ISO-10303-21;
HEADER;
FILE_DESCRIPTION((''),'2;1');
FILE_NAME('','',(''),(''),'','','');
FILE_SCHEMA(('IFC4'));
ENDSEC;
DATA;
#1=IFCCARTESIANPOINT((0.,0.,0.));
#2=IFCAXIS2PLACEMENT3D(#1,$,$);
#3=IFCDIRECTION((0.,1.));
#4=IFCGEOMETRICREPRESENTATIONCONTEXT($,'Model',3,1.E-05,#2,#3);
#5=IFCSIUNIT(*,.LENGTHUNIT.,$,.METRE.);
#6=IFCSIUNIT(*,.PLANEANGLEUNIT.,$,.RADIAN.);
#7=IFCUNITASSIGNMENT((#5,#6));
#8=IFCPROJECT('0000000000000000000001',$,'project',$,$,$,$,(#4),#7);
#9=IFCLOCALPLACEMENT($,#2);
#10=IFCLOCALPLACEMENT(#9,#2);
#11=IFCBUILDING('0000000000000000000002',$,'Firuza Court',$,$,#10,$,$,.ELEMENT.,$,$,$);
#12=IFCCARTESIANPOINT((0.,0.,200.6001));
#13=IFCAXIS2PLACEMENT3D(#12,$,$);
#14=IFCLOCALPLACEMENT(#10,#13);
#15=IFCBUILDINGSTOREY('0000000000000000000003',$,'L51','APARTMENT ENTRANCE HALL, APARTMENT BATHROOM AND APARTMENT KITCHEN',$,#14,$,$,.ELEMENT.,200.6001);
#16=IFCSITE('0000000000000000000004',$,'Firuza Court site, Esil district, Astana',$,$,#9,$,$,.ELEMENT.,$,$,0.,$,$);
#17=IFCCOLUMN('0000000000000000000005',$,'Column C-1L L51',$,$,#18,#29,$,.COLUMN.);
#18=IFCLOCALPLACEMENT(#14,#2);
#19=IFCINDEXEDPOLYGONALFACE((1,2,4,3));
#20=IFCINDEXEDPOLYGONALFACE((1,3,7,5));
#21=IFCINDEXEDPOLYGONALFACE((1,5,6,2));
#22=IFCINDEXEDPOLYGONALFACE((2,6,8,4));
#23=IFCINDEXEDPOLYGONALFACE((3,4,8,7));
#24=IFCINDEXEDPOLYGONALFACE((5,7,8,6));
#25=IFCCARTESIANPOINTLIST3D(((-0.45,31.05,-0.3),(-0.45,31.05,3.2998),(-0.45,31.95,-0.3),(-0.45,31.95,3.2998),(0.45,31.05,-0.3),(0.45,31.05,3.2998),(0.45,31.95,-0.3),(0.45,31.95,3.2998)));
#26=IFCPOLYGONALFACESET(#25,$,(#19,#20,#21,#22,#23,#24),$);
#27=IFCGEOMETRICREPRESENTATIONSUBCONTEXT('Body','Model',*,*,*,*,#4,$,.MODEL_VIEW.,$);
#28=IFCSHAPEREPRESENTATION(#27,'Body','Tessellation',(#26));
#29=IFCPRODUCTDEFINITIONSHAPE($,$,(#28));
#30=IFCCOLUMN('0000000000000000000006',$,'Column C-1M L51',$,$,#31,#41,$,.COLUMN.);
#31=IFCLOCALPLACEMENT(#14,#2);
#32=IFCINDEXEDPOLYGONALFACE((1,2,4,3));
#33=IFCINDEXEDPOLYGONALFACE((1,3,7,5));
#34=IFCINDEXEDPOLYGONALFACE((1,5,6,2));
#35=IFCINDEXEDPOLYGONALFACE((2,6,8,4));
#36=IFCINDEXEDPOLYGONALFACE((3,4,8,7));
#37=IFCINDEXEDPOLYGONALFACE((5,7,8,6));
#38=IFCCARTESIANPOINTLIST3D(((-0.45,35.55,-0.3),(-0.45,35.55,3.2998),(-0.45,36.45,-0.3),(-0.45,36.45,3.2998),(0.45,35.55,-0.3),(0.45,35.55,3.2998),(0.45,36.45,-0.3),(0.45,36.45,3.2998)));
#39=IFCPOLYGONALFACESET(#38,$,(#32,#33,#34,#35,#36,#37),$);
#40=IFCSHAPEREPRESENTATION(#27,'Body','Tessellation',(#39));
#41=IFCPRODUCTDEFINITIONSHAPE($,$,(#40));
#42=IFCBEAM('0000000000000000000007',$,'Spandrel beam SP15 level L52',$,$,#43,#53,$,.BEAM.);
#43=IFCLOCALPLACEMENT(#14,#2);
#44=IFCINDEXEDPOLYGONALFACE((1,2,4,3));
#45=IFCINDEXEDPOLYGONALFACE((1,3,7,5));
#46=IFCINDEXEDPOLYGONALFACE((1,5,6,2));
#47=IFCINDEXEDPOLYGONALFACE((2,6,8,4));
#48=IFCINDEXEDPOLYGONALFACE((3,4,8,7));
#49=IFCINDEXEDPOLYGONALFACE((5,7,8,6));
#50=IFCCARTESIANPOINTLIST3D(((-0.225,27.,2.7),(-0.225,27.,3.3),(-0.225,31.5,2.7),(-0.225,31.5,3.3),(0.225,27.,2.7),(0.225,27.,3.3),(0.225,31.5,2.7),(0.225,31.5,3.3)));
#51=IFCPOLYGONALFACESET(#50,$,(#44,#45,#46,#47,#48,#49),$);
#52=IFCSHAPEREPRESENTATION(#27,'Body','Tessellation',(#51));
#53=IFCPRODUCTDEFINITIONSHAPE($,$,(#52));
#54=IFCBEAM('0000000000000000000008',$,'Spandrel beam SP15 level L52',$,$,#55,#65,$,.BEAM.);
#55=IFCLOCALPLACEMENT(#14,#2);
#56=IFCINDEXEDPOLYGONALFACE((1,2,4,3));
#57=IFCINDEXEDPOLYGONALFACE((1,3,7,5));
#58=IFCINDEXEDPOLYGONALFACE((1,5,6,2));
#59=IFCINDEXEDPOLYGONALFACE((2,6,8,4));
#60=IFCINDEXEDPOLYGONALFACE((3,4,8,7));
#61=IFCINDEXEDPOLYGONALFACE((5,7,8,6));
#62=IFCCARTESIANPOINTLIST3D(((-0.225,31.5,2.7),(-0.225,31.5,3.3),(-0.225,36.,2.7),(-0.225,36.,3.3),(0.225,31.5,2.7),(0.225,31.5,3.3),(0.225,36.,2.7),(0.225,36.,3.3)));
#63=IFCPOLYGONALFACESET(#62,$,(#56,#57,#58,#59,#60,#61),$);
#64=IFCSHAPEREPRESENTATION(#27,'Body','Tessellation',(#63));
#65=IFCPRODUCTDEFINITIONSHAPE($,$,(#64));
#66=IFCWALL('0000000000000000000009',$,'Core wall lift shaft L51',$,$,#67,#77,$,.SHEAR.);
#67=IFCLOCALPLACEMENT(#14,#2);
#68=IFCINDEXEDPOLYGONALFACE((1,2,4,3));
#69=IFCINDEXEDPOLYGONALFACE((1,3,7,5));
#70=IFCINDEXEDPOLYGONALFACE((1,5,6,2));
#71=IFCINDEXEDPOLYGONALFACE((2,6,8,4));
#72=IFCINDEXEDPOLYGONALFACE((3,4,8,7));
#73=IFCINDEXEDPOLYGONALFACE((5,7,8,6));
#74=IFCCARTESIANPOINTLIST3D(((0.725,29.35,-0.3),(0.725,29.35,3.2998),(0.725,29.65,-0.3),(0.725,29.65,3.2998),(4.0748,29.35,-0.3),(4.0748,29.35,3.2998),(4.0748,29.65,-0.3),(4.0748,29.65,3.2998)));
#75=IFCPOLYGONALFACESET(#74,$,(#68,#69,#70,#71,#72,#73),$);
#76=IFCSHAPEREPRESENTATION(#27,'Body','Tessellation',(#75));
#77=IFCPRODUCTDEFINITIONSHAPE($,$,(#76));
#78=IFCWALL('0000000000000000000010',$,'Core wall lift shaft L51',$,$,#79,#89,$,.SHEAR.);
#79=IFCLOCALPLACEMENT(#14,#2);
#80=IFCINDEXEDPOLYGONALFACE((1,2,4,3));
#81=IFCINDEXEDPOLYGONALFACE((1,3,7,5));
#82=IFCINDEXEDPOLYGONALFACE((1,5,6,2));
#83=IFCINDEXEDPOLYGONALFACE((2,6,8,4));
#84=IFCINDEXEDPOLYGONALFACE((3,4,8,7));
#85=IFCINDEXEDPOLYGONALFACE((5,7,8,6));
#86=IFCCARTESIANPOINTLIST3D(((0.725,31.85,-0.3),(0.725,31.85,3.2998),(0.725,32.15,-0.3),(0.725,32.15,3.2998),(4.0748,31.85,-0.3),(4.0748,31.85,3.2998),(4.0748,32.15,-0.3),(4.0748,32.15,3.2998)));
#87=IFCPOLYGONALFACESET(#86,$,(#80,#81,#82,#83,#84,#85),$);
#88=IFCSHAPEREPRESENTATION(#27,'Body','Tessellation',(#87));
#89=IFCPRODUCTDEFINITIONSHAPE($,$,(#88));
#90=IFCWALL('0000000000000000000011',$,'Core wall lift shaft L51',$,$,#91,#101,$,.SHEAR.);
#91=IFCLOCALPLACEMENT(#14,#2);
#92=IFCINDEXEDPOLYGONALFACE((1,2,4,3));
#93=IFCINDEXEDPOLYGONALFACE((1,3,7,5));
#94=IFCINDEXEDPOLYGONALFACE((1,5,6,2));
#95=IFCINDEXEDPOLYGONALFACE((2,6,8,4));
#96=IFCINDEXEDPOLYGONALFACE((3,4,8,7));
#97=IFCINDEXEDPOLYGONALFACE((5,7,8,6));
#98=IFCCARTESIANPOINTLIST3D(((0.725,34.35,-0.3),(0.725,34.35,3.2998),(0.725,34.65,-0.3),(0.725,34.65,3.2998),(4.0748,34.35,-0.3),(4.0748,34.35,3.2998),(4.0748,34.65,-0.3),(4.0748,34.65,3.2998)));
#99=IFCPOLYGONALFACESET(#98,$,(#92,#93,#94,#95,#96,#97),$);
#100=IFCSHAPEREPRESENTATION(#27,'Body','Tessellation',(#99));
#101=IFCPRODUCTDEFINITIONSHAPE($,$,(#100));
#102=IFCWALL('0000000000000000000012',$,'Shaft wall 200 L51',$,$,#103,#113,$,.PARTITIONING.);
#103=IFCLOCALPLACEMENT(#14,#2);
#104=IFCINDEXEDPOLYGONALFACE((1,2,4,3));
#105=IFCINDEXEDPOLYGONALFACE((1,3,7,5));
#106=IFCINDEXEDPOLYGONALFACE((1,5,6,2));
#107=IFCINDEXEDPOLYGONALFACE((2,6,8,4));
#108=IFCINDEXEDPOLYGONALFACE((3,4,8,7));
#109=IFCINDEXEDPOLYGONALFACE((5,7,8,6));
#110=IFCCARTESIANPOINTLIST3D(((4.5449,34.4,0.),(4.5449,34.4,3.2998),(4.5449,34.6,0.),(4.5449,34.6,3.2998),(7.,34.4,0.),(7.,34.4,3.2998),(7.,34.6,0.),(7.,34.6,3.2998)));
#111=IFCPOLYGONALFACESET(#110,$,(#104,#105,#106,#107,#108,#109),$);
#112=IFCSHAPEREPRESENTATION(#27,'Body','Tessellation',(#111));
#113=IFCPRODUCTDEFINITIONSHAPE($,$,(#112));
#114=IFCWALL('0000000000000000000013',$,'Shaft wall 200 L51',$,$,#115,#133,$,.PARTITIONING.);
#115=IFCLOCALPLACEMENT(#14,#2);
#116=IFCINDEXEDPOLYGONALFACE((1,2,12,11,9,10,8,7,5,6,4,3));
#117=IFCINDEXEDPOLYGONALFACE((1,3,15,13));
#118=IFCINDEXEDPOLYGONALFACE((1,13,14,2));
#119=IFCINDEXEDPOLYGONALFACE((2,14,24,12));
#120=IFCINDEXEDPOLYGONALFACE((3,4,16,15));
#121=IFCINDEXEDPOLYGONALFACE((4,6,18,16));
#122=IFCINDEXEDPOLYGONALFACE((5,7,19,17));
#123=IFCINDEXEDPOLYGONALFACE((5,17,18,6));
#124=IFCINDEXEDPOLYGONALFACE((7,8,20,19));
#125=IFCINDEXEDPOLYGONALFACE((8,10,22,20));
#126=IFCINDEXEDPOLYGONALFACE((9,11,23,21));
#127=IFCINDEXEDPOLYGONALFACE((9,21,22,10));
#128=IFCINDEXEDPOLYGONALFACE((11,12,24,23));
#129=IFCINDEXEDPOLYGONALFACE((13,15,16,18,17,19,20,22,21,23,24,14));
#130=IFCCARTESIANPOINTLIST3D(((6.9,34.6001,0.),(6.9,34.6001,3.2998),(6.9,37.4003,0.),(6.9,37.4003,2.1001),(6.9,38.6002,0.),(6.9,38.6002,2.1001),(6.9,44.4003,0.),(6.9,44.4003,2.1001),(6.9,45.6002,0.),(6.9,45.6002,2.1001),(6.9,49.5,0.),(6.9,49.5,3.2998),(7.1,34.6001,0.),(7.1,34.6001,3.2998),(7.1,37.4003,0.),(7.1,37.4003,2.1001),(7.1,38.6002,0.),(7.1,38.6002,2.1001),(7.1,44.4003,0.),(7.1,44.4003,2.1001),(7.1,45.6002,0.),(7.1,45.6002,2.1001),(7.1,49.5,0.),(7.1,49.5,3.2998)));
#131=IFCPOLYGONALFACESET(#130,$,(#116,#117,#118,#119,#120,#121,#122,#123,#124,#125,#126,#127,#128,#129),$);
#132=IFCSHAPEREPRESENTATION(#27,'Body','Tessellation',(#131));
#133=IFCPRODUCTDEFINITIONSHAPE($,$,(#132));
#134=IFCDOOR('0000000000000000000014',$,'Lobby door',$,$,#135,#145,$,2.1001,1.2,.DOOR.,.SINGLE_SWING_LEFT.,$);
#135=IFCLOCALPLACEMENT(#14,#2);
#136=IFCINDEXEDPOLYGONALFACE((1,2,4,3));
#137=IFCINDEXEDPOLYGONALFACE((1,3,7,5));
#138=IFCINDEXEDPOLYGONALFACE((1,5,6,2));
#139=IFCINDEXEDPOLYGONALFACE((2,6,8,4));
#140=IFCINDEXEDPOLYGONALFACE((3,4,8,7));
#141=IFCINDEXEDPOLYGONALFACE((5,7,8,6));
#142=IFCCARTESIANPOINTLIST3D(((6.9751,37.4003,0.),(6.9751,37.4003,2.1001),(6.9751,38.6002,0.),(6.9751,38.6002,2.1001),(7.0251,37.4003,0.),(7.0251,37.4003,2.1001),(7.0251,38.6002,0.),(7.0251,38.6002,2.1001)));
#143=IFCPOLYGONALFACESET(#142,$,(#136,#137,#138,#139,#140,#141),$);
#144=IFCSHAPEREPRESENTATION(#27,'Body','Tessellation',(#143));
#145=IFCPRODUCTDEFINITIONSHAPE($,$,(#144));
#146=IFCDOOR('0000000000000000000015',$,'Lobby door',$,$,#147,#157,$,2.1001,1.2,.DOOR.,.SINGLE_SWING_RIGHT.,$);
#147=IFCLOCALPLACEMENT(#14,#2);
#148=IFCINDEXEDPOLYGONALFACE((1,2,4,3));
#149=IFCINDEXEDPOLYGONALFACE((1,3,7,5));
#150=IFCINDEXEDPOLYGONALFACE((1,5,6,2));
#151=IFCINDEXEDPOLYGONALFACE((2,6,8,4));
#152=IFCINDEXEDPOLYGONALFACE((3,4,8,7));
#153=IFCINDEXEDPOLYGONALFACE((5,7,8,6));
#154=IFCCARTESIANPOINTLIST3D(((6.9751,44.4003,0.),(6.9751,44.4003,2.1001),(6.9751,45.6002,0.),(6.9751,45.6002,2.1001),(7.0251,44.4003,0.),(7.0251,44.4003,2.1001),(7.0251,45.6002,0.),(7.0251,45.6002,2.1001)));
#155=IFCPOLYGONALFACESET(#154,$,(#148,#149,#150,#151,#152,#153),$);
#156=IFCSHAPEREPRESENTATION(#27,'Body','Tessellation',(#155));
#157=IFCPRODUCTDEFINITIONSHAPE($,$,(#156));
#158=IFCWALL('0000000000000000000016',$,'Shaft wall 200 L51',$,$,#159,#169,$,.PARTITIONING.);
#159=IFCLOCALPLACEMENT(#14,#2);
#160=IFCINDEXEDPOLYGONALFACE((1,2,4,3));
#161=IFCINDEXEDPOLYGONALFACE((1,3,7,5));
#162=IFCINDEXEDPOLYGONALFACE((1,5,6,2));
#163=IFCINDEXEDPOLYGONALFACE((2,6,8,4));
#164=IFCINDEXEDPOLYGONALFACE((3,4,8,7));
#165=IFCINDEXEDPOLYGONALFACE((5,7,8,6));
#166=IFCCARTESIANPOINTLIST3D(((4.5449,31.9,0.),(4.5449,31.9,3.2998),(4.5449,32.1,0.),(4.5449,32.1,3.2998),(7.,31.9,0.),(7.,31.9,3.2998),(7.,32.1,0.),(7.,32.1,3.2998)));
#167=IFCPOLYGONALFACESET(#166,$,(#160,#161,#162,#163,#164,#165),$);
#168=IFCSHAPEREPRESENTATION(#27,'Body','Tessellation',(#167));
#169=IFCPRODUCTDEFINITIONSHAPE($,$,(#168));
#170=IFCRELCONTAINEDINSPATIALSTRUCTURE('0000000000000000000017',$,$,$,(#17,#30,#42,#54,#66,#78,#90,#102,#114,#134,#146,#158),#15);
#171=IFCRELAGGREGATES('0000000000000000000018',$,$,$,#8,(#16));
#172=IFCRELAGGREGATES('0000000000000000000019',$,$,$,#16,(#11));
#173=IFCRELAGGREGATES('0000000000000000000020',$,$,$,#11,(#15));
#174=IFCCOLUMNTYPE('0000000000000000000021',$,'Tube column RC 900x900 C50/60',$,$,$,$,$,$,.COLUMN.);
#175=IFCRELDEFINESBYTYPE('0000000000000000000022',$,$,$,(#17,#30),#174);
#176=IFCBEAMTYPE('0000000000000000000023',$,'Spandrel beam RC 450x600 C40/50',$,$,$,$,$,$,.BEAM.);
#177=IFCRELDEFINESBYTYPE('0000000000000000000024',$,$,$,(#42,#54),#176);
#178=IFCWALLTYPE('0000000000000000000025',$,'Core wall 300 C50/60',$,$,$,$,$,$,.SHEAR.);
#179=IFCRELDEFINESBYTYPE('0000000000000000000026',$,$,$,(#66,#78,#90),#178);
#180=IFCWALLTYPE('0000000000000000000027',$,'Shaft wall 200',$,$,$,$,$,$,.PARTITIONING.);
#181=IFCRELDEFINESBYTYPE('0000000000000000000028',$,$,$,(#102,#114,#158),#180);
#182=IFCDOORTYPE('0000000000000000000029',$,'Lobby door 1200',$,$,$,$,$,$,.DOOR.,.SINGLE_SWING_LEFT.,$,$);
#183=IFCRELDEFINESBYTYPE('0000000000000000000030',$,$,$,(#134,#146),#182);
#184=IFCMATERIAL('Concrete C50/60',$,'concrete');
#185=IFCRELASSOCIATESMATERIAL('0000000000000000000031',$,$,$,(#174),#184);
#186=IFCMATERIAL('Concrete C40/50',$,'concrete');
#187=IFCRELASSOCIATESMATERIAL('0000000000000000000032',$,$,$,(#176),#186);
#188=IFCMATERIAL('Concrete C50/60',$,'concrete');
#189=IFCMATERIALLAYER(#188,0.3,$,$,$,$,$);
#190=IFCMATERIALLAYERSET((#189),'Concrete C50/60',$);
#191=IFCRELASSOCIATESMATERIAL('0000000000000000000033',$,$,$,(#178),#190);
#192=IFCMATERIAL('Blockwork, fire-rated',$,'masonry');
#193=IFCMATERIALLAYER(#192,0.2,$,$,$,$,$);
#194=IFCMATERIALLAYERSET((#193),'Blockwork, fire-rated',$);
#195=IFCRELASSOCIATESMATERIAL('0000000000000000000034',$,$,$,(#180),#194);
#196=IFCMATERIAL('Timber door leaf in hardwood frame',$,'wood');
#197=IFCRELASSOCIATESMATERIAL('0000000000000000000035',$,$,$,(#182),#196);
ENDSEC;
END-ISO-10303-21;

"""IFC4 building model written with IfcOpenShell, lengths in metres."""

from ifc_helpers import new_model, si_unit, direction, frame, frame_2d, origin, origin_2d, place, context, subcontext, project, spatial, rectangle, extrude, material, layer, layer_set, material_profile, profile_set, type_object, element, fill, save


model = new_model("IFC4")

# Units and contexts
model_context = context("Model", 3, precision=1e-05, world=origin(), true_north=direction((0.0, 1.0)))
body_context = subcontext(model_context, "Body", "Model", "MODEL_VIEW")
ifc_project = project(units=[si_unit("LENGTHUNIT", "METRE"), si_unit("PLANEANGLEUNIT", "RADIAN")], contexts=[model_context])

# Site, building, storey
site_placement = place(None, origin())
site = spatial("IfcSite", under=ifc_project, at=site_placement, Name="Firuza Court site, Esil district, Astana", CompositionType="ELEMENT", RefElevation=0.0)
building_placement = place(site_placement, origin())
building = spatial("IfcBuilding", under=site, at=building_placement, Name="Firuza Court", CompositionType="ELEMENT")
storey_placement = place(building_placement, frame((0.0, 0.0, 200.6001)))
storey = spatial("IfcBuildingStorey", under=building, at=storey_placement, Name="L51", Description="APARTMENT ENTRANCE HALL, APARTMENT BATHROOM AND APARTMENT KITCHEN", CompositionType="ELEMENT", Elevation=200.6001)

# Columns
ifc_material_1 = material(Name="Concrete C50/60", Category="concrete")
ifc_material_profile_1 = material_profile(ifc_material_1, rectangle(XDim=0.8999, YDim=0.8999, at=origin_2d()), Name="RC 900x900")
ifc_profile_set_1 = profile_set([ifc_material_profile_1], Name="Concrete C50/60")
column_type = type_object("IfcColumnType", Name="Tube column RC 900x900 C50/60", PredefinedType="COLUMN", material=ifc_profile_set_1)
for number, where, z_axis, x_axis, name in (
    (1, (0.0, 31.5, -0.3), (0.0, 0.0, 1.0), (1.0, 0.0, 0.0), "Column C-1L L51"),
    (2, (0.0, 36.0, -0.3), (0.0, 0.0, 1.0), (1.0, 0.0, 0.0), "Column C-1M L51"),
):
    element("IfcColumn", number, at=place(storey_placement, frame(where, z_axis=z_axis, x_axis=x_axis)), inside=storey, type_object=column_type, Name=name, PredefinedType="COLUMN", context=body_context, shape_type="SweptSolid", body=[
        extrude(rectangle(XDim=0.8999, YDim=0.8999, at=origin_2d()), origin(), (0.0, 0.0, 1.0), 3.5999),
    ])

# Beams
ifc_material_2 = material(Name="Concrete C40/50", Category="concrete")
ifc_material_profile_2 = material_profile(ifc_material_2, rectangle(XDim=0.45, YDim=0.6001, at=origin_2d()), Name="RC 450x600")
ifc_profile_set_2 = profile_set([ifc_material_profile_2], Name="Concrete C40/50")
beam_type = type_object("IfcBeamType", Name="Spandrel beam RC 450x600 C40/50", PredefinedType="BEAM", material=ifc_profile_set_2)
for number, where, z_axis, x_axis, name in (
    (3, (0.0, 31.5, 3.0), (0.0, -1.0, 0.0), (1.0, 0.0, 0.0), "Spandrel beam SP15 level L52"),
    (4, (0.0, 36.0, 3.0), (0.0, -1.0, 0.0), (1.0, 0.0, 0.0), "Spandrel beam SP15 level L52"),
):
    element("IfcBeam", number, at=place(storey_placement, frame(where, z_axis=z_axis, x_axis=x_axis)), inside=storey, type_object=beam_type, Name=name, PredefinedType="BEAM", context=body_context, shape_type="SweptSolid", body=[
        extrude(rectangle(XDim=0.45, YDim=0.6001, at=origin_2d()), origin(), (0.0, 0.0, 1.0), 4.5),
    ])

# Walls
ifc_material_3 = material(Name="Concrete C50/60", Category="concrete")
ifc_layer_1 = layer(ifc_material_3, 0.3)
ifc_layer_set_1 = layer_set([ifc_layer_1], Name="Concrete C50/60")
wall_type_1 = type_object("IfcWallType", Name="Core wall 300 C50/60", PredefinedType="SHEAR", material=ifc_layer_set_1)
for number, where, z_axis, x_axis, name in (
    (5, (0.7251, 29.5, -0.3), (0.0, 0.0, 1.0), (1.0, 0.0, 0.0), "Core wall lift shaft L51"),
    (6, (0.7251, 32.0, -0.3), (0.0, 0.0, 1.0), (1.0, 0.0, 0.0), "Core wall lift shaft L51"),
    (7, (0.7251, 34.5, -0.3), (0.0, 0.0, 1.0), (1.0, 0.0, 0.0), "Core wall lift shaft L51"),
):
    element("IfcWall", number, at=place(storey_placement, frame(where, z_axis=z_axis, x_axis=x_axis)), inside=storey, type_object=wall_type_1, Name=name, PredefinedType="SHEAR", context=body_context, shape_type="SweptSolid", body=[
        extrude(rectangle(XDim=3.3499, YDim=0.3, at=frame_2d((1.6748, 0.0))), origin(), (0.0, 0.0, 1.0), 3.5999),
    ])
ifc_material_4 = material(Name="Blockwork, fire-rated", Category="masonry")
ifc_layer_2 = layer(ifc_material_4, 0.2)
ifc_layer_set_2 = layer_set([ifc_layer_2], Name="Blockwork, fire-rated")
wall_type_2 = type_object("IfcWallType", Name="Shaft wall 200", PredefinedType="PARTITIONING", material=ifc_layer_set_2)
wall_1_placement = place(storey_placement, frame((4.5449, 34.5, 0.0), z_axis=(0.0, 0.0, 1.0), x_axis=(1.0, 0.0, 0.0)))
element("IfcWall", 8, at=wall_1_placement, inside=storey, type_object=wall_type_2, Name="Shaft wall 200 L51", PredefinedType="PARTITIONING", context=body_context, shape_type="SweptSolid", body=[
    extrude(rectangle(XDim=2.4551, YDim=0.2, at=frame_2d((1.2275, 0.0))), origin(), (0.0, 0.0, 1.0), 3.2998),
])

# Wall, openings, doors
wall_2_placement = place(storey_placement, frame((7.0, 34.6001, 0.0), z_axis=(0.0, 0.0, 1.0), x_axis=(0.0, 1.0, 0.0)))
wall_2 = element("IfcWall", 9, at=wall_2_placement, inside=storey, type_object=wall_type_2, Name="Shaft wall 200 L51", PredefinedType="PARTITIONING", context=body_context, shape_type="SweptSolid", body=[
    extrude(rectangle(XDim=14.8999, YDim=0.2, at=frame_2d((7.45, 0.0))), origin(), (0.0, 0.0, 1.0), 3.2998),
])
opening_1_placement = place(wall_2_placement, frame((2.8, 0.0, 0.0)))
opening_1 = element("IfcOpeningElement", 10, at=opening_1_placement, cuts=wall_2, PredefinedType="OPENING", context=body_context, shape_type="SweptSolid", body=[
    extrude(rectangle(XDim=1.2, YDim=2.1001, at=frame_2d((0.6001, 1.05))), frame((0.0, 0.1118, 0.0), z_axis=(0.0, -1.0, 0.0), x_axis=(1.0, 0.0, 0.0)), (0.0, 0.0, 1.0), 0.2239),
])
opening_2_placement = place(wall_2_placement, frame((9.8, 0.0, 0.0)))
opening_2 = element("IfcOpeningElement", 11, at=opening_2_placement, cuts=wall_2, PredefinedType="OPENING", context=body_context, shape_type="SweptSolid", body=[
    extrude(rectangle(XDim=1.2, YDim=2.1001, at=frame_2d((0.6001, 1.05))), frame((0.0, 0.1118, 0.0), z_axis=(0.0, -1.0, 0.0), x_axis=(1.0, 0.0, 0.0)), (0.0, 0.0, 1.0), 0.2239),
])
ifc_material_5 = material(Name="Timber door leaf in hardwood frame", Category="wood")
door_type = type_object("IfcDoorType", Name="Lobby door 1200", OperationType="SINGLE_SWING_LEFT", PredefinedType="DOOR", material=ifc_material_5)
door_1_placement = place(opening_1_placement, origin())
door_1 = element("IfcDoor", 12, at=door_1_placement, inside=storey, type_object=door_type, Name="Lobby door", OperationType="SINGLE_SWING_LEFT", OverallHeight=2.1001, OverallWidth=1.2, PredefinedType="DOOR", context=body_context, shape_type="SweptSolid", body=[
    extrude(rectangle(XDim=1.2, YDim=2.1001, at=frame_2d((0.6001, 1.05))), frame((0.0, 0.0249, 0.0), z_axis=(0.0, -1.0, 0.0), x_axis=(1.0, 0.0, 0.0)), (0.0, 0.0, 1.0), 0.05),
])
fill(opening_1, door_1)
door_2_placement = place(opening_2_placement, origin())
door_2 = element("IfcDoor", 13, at=door_2_placement, inside=storey, type_object=door_type, Name="Lobby door", OperationType="SINGLE_SWING_RIGHT", OverallHeight=2.1001, OverallWidth=1.2, PredefinedType="DOOR", context=body_context, shape_type="SweptSolid", body=[
    extrude(rectangle(XDim=1.2, YDim=2.1001, at=frame_2d((0.6001, 1.05))), frame((0.0, 0.0249, 0.0), z_axis=(0.0, -1.0, 0.0), x_axis=(1.0, 0.0, 0.0)), (0.0, 0.0, 1.0), 0.05),
])
fill(opening_2, door_2)

# Wall
wall_3_placement = place(storey_placement, frame((4.5449, 32.0, 0.0), z_axis=(0.0, 0.0, 1.0), x_axis=(1.0, 0.0, 0.0)))
element("IfcWall", 14, at=wall_3_placement, inside=storey, type_object=wall_type_2, Name="Shaft wall 200 L51", PredefinedType="PARTITIONING", context=body_context, shape_type="SweptSolid", body=[
    extrude(rectangle(XDim=2.4551, YDim=0.2, at=frame_2d((1.2275, 0.0))), origin(), (0.0, 0.0, 1.0), 3.2998),
])

save(model, "model.ifc")
